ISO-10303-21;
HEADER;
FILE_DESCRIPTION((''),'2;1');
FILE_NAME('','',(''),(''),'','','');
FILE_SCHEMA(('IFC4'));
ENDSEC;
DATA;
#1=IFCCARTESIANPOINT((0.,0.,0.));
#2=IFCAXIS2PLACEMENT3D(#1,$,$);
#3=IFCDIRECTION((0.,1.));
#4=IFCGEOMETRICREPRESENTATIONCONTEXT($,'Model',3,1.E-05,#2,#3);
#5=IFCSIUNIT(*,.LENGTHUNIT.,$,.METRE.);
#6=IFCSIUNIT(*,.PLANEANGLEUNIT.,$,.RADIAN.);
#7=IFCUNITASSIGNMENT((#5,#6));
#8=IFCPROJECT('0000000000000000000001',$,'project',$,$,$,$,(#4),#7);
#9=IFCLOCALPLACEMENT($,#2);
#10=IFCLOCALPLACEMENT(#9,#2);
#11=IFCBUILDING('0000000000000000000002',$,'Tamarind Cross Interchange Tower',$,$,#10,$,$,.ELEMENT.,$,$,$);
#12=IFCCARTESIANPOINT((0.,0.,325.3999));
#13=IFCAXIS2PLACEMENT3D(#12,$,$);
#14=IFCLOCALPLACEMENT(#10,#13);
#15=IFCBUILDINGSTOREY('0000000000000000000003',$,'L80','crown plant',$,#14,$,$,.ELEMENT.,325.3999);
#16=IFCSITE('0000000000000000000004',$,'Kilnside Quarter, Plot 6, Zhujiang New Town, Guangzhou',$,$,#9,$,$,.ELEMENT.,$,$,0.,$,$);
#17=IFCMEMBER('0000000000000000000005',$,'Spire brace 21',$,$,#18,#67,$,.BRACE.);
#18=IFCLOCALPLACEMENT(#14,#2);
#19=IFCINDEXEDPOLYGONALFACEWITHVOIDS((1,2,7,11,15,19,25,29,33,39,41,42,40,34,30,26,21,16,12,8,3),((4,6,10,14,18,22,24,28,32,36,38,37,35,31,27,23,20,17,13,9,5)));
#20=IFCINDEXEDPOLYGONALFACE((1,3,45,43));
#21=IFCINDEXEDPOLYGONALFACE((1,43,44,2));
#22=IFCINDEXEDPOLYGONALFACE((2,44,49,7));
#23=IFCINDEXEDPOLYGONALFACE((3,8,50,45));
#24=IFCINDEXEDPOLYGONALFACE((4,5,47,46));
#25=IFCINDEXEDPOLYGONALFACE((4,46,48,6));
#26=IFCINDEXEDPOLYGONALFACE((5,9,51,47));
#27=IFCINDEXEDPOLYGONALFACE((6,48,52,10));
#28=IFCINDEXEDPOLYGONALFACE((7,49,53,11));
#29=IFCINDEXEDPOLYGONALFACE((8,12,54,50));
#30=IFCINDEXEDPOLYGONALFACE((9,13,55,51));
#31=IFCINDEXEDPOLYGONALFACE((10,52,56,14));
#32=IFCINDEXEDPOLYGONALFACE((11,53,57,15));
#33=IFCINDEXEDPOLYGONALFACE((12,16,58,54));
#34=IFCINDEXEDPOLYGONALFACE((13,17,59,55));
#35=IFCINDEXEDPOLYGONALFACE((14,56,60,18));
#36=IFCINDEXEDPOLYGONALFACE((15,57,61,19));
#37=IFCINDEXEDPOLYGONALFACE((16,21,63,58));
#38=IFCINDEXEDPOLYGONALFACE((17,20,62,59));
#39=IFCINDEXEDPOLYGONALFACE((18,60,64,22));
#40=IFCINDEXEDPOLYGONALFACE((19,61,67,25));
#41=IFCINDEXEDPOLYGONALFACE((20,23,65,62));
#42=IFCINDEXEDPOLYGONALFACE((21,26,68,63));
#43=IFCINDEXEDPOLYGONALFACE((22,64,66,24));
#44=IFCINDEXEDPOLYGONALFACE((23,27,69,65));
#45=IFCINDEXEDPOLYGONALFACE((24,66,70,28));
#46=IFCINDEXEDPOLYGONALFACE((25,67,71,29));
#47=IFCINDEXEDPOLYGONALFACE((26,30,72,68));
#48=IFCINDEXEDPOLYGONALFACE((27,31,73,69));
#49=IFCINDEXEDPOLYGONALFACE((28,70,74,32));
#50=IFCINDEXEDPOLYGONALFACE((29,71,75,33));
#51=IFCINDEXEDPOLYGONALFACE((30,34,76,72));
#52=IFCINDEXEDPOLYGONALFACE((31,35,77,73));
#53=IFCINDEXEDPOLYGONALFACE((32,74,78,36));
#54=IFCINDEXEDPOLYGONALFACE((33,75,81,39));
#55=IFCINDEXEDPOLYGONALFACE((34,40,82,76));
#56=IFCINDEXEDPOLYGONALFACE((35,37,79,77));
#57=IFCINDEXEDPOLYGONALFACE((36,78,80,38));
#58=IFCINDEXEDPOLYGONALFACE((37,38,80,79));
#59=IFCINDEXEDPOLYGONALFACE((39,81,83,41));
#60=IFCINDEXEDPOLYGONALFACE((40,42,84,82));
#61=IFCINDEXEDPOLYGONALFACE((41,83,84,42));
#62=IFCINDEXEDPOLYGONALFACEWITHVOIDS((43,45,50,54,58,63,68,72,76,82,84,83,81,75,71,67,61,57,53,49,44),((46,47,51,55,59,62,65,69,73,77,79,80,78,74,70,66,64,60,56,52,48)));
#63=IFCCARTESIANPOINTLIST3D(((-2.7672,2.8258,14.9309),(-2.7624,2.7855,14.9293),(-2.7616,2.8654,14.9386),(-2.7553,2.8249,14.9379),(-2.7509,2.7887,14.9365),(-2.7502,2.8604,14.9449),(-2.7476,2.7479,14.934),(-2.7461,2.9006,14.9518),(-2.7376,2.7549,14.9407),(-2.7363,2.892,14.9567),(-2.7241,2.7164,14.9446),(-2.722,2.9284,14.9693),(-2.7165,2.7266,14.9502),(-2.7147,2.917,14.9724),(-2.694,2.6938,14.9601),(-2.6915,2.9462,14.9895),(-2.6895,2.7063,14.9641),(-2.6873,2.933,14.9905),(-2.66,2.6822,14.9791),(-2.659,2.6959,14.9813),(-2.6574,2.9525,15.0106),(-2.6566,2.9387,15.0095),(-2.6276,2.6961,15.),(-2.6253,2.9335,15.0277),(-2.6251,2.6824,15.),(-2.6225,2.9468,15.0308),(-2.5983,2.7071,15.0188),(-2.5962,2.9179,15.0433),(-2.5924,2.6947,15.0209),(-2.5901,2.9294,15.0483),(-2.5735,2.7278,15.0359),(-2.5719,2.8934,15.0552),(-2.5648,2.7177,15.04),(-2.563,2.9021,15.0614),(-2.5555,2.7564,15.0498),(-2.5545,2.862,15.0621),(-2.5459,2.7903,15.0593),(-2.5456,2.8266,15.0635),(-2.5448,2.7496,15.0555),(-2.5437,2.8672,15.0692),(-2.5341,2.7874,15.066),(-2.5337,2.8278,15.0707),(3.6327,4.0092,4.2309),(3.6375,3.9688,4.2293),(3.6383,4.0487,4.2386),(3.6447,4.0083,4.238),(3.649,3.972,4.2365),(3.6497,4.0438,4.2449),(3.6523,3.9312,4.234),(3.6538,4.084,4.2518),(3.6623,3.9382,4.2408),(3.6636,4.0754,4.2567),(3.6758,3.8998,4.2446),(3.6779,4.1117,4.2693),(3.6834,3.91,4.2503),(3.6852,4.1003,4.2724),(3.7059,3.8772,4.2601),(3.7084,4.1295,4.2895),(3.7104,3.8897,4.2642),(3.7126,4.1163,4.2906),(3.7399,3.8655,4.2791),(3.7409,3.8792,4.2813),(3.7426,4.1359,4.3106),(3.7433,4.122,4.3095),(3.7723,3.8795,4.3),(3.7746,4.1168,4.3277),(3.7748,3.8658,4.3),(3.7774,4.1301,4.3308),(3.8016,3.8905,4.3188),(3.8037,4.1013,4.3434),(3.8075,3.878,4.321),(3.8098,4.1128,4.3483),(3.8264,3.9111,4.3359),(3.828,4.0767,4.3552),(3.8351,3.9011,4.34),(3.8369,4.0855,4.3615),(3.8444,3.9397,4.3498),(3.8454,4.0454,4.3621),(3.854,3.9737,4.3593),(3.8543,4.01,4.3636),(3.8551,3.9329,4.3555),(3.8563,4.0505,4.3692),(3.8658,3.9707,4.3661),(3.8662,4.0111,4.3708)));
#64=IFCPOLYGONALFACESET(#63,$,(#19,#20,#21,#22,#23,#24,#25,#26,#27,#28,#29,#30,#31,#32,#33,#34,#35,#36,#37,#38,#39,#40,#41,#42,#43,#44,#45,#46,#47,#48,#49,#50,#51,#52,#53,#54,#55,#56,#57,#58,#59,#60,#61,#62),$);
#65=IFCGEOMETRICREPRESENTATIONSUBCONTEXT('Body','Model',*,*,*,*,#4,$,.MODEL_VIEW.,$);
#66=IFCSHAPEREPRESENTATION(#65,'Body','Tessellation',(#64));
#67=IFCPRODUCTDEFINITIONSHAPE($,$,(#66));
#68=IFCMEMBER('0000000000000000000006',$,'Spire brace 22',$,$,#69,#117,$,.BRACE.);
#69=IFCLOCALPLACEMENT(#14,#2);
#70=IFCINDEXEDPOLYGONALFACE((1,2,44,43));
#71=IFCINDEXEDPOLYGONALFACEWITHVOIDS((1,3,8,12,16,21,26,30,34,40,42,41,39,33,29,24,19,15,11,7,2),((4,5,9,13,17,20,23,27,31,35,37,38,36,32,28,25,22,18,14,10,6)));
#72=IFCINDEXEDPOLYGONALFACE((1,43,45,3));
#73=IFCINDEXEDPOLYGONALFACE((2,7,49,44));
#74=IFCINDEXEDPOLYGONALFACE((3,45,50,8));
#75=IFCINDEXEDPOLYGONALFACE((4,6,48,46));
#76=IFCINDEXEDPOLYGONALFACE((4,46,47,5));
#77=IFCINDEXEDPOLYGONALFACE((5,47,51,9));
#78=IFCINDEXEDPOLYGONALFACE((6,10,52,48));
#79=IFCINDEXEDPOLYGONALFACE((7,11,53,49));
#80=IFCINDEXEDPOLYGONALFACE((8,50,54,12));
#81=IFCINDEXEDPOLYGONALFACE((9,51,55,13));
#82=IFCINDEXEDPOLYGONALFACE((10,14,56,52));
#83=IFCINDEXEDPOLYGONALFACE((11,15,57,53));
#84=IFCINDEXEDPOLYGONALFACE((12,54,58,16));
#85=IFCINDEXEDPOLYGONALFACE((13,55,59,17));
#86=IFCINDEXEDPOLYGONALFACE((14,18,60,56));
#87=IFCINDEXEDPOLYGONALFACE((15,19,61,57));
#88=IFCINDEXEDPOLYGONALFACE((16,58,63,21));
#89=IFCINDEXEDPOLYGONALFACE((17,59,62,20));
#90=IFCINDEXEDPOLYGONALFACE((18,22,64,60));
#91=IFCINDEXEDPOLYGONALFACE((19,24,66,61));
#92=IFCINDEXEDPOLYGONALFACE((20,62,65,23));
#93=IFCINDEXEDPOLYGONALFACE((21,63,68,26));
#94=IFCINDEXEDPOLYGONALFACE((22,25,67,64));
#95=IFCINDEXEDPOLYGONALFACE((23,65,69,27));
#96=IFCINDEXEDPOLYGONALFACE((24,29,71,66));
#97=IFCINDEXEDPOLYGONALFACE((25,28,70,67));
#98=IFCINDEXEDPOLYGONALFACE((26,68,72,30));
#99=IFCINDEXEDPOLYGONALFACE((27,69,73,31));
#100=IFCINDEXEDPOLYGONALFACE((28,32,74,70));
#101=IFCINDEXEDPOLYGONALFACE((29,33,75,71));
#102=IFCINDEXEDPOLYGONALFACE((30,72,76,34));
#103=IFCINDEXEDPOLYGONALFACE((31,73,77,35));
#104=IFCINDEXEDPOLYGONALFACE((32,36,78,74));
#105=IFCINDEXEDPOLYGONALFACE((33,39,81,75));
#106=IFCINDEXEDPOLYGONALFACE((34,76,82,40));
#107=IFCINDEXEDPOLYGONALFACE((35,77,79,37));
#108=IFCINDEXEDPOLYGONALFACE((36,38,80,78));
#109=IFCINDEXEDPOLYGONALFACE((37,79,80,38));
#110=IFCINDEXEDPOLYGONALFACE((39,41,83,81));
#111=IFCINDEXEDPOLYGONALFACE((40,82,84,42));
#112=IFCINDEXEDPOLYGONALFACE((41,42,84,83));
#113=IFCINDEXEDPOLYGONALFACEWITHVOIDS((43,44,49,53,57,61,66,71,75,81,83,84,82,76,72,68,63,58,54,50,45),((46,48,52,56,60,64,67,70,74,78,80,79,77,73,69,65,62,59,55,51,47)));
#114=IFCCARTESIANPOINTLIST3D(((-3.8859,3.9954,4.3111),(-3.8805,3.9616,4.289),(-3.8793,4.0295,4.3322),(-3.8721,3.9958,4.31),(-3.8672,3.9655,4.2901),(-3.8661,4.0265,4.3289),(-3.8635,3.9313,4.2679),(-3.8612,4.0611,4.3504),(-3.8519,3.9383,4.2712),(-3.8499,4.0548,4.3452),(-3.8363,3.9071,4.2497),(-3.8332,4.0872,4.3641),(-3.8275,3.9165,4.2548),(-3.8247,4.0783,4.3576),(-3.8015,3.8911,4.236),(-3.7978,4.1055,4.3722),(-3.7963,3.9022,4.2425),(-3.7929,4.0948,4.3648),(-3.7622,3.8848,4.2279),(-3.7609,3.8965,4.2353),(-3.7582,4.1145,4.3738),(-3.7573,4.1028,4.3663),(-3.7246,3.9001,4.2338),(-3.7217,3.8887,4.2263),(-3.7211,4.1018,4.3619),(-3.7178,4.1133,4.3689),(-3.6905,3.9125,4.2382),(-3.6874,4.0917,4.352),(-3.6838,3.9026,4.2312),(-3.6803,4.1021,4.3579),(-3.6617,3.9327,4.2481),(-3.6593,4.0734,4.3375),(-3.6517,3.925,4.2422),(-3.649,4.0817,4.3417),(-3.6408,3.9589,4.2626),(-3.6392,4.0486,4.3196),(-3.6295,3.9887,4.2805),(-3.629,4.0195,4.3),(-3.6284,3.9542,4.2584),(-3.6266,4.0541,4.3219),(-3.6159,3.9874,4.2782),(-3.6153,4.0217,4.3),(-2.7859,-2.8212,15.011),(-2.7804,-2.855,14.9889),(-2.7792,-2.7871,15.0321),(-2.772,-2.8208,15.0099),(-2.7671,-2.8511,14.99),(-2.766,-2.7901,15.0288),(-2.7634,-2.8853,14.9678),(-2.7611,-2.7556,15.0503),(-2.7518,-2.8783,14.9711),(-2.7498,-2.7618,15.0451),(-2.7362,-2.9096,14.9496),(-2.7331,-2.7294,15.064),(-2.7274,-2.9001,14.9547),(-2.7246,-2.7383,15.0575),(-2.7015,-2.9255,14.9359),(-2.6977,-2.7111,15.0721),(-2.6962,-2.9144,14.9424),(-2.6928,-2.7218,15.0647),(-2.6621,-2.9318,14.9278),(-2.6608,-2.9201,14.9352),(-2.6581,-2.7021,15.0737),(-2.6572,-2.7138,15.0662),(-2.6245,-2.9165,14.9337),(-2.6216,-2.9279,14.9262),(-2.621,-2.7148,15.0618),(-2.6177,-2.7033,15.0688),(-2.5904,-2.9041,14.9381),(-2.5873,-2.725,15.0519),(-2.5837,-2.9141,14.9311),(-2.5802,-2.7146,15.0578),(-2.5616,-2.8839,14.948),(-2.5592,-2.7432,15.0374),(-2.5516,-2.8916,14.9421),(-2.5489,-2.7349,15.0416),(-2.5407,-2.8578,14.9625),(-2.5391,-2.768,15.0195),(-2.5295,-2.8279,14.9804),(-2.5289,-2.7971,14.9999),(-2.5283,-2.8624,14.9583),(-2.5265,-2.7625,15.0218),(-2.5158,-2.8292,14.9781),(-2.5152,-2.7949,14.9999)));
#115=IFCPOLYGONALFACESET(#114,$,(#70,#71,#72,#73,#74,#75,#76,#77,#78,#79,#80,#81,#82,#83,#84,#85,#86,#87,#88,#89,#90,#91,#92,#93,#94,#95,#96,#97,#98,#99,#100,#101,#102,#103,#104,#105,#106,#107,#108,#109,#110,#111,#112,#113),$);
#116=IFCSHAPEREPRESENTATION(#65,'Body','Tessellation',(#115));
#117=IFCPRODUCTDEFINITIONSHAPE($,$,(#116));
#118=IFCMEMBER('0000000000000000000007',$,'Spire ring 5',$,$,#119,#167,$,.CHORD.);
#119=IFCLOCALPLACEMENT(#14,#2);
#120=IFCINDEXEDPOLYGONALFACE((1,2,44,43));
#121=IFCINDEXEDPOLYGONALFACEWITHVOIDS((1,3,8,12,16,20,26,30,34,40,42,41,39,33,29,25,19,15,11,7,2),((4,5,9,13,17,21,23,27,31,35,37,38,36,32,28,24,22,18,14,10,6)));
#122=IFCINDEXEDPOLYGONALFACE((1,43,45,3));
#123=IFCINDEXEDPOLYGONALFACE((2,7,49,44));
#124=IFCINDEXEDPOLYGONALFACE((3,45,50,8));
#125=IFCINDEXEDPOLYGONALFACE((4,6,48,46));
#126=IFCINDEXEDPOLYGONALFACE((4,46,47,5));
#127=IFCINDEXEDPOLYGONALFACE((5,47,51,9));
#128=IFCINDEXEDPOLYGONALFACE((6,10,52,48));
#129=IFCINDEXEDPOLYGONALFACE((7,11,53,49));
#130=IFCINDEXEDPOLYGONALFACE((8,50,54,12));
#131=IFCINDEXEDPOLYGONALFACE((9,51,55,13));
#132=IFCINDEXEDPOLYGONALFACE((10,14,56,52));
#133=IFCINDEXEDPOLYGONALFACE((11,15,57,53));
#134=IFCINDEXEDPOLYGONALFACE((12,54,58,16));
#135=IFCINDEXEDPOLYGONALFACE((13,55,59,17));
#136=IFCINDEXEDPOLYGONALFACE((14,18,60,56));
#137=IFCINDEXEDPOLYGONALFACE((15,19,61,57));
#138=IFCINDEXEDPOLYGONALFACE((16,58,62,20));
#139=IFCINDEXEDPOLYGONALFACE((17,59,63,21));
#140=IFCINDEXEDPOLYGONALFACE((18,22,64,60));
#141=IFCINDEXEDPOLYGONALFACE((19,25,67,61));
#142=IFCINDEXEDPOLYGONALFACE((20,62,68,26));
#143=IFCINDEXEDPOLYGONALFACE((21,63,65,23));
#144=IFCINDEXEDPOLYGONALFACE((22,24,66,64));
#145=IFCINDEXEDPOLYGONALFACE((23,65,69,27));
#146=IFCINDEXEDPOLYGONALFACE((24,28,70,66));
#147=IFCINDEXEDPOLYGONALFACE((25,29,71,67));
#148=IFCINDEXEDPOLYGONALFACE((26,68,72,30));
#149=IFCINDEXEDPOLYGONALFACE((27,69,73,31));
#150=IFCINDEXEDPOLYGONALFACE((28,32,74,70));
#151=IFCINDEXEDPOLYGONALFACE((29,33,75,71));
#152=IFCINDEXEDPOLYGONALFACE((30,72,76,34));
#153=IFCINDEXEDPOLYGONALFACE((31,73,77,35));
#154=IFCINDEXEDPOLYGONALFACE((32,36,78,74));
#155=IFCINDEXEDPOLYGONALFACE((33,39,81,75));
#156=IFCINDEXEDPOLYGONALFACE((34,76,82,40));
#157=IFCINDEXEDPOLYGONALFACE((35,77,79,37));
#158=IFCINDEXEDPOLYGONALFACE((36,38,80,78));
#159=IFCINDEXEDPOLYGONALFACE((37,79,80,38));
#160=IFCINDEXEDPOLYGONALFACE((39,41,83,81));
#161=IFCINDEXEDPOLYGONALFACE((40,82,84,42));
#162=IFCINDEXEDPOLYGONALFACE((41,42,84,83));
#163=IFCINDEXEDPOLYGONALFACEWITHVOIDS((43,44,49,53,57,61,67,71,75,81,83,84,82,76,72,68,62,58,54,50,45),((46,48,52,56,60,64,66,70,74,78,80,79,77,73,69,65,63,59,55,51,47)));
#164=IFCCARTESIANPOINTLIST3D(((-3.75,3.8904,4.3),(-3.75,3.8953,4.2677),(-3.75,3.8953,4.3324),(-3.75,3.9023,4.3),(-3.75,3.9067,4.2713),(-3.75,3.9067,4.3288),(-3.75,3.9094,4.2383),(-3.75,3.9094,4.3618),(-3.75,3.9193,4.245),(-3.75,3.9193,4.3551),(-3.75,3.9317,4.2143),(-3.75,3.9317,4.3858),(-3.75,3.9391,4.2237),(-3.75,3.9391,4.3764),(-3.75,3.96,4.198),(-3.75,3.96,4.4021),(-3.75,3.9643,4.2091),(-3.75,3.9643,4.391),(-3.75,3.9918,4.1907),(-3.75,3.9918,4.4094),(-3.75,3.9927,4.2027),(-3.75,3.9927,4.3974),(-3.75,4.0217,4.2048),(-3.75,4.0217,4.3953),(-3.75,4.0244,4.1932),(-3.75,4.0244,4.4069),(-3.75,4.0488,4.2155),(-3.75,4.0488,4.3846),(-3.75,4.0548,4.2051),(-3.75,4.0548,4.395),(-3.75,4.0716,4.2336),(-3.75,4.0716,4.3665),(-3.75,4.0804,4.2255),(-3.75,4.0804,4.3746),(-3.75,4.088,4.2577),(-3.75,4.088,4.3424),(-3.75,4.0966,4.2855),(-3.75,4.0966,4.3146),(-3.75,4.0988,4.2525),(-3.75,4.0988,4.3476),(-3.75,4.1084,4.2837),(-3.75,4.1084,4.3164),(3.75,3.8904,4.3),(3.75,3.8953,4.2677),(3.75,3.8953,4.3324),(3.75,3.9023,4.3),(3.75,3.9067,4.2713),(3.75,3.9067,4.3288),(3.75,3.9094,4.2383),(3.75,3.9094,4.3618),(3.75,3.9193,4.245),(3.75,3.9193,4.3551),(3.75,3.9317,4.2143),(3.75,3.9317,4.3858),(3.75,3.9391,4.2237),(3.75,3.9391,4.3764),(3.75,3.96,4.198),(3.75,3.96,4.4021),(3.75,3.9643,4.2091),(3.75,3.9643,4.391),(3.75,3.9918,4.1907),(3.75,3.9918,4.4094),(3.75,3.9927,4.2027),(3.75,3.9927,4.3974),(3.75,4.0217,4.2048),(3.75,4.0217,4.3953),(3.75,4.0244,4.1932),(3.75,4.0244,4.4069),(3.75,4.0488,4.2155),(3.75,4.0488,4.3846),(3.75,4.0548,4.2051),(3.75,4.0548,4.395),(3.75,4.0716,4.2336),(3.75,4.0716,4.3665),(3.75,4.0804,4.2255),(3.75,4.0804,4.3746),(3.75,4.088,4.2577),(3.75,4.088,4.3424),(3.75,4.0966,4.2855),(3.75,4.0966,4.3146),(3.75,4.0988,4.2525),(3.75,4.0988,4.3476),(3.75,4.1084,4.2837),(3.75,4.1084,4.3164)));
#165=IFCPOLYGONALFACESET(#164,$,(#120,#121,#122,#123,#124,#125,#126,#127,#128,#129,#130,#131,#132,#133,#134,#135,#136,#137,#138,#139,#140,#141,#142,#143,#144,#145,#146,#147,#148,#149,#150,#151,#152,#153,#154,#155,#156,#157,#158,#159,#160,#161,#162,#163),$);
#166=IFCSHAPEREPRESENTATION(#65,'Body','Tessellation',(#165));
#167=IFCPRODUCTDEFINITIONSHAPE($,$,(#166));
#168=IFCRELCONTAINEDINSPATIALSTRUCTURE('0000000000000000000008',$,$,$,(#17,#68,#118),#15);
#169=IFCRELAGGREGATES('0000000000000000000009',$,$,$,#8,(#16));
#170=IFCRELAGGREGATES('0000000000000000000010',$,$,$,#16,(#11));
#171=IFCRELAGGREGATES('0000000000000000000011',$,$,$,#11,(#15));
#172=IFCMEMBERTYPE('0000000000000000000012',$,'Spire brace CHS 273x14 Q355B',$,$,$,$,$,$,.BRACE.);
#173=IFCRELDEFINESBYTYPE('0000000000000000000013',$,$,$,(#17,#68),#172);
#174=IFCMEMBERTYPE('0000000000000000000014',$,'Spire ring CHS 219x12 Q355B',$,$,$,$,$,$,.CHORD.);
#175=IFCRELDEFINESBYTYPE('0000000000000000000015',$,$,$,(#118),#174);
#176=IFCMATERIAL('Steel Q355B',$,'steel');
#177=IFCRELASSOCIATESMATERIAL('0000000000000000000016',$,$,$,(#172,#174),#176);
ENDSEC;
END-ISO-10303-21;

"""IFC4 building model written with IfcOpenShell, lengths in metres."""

from ifc_helpers import new_model, si_unit, direction, frame, origin, origin_2d, place, context, subcontext, project, spatial, hollow_circle, extrude, material, material_profile, profile_set, type_object, element, save


model = new_model("IFC4")

# Units and contexts
model_context = context("Model", 3, precision=1e-05, world=origin(), true_north=direction((0.0, 1.0)))
body_context = subcontext(model_context, "Body", "Model", "MODEL_VIEW")
ifc_project = project(units=[si_unit("LENGTHUNIT", "METRE"), si_unit("PLANEANGLEUNIT", "RADIAN")], contexts=[model_context])

# Site, building, storey
site_placement = place(None, origin())
site = spatial("IfcSite", under=ifc_project, at=site_placement, Name="Kilnside Quarter, Plot 6, Zhujiang New Town, Guangzhou", CompositionType="ELEMENT", RefElevation=0.0)
building_placement = place(site_placement, origin())
building = spatial("IfcBuilding", under=site, at=building_placement, Name="Tamarind Cross Interchange Tower", CompositionType="ELEMENT")
storey_placement = place(building_placement, frame((0.0, 0.0, 325.3999)))
storey = spatial("IfcBuildingStorey", under=building, at=storey_placement, Name="L80", Description="crown plant", CompositionType="ELEMENT", Elevation=325.3999)

# Members
ifc_material_1 = material(Name="Steel Q355B", Category="steel")
ifc_material_profile_1 = material_profile(ifc_material_1, hollow_circle(Radius=0.1365, WallThickness=0.0139, at=origin_2d()), Name="CHS 273x14")
ifc_profile_set_1 = profile_set([ifc_material_profile_1], Name="Steel Q355B")
member_type_1 = type_object("IfcMemberType", Name="Spire brace CHS 273x14 Q355B", PredefinedType="BRACE", material=ifc_profile_set_1)
member_1_placement = place(storey_placement, frame((3.75, 4.0, 4.3), z_axis=(-0.511015, -0.094487, 0.854363), x_axis=(0.181819, -0.983332, 0.0)))
element("IfcMember", 1, at=member_1_placement, inside=storey, type_object=member_type_1, Name="Spire brace 21", PredefinedType="BRACE", context=body_context, shape_type="SweptSolid", body=[
    extrude(hollow_circle(Radius=0.1365, WallThickness=0.0139, at=origin_2d()), origin(), (0.0, 0.0, 1.0), 12.5239),
])
member_2_placement = place(storey_placement, frame((-3.75, 4.0, 4.3), z_axis=(0.086388, -0.535293, 0.840237), x_axis=(0.987227, 0.159322, 0.0)))
element("IfcMember", 2, at=member_2_placement, inside=storey, type_object=member_type_1, Name="Spire brace 22", PredefinedType="BRACE", context=body_context, shape_type="SweptSolid", body=[
    extrude(hollow_circle(Radius=0.1365, WallThickness=0.0139, at=origin_2d()), origin(), (0.0, 0.0, 1.0), 12.7344),
])
ifc_material_profile_2 = material_profile(ifc_material_1, hollow_circle(Radius=0.1096, WallThickness=0.012, at=origin_2d()), Name="CHS 219x12")
ifc_profile_set_2 = profile_set([ifc_material_profile_2], Name="Steel Q355B")
member_type_2 = type_object("IfcMemberType", Name="Spire ring CHS 219x12 Q355B", PredefinedType="CHORD", material=ifc_profile_set_2)
member_3_placement = place(storey_placement, frame((3.75, 4.0, 4.3), z_axis=(-1.0, 0.0, 0.0), x_axis=(0.0, -1.0, 0.0)))
element("IfcMember", 3, at=member_3_placement, inside=storey, type_object=member_type_2, Name="Spire ring 5", PredefinedType="CHORD", context=body_context, shape_type="SweptSolid", body=[
    extrude(hollow_circle(Radius=0.1096, WallThickness=0.012, at=origin_2d()), origin(), (0.0, 0.0, 1.0), 7.5),
])

save(model, "model.ifc")
